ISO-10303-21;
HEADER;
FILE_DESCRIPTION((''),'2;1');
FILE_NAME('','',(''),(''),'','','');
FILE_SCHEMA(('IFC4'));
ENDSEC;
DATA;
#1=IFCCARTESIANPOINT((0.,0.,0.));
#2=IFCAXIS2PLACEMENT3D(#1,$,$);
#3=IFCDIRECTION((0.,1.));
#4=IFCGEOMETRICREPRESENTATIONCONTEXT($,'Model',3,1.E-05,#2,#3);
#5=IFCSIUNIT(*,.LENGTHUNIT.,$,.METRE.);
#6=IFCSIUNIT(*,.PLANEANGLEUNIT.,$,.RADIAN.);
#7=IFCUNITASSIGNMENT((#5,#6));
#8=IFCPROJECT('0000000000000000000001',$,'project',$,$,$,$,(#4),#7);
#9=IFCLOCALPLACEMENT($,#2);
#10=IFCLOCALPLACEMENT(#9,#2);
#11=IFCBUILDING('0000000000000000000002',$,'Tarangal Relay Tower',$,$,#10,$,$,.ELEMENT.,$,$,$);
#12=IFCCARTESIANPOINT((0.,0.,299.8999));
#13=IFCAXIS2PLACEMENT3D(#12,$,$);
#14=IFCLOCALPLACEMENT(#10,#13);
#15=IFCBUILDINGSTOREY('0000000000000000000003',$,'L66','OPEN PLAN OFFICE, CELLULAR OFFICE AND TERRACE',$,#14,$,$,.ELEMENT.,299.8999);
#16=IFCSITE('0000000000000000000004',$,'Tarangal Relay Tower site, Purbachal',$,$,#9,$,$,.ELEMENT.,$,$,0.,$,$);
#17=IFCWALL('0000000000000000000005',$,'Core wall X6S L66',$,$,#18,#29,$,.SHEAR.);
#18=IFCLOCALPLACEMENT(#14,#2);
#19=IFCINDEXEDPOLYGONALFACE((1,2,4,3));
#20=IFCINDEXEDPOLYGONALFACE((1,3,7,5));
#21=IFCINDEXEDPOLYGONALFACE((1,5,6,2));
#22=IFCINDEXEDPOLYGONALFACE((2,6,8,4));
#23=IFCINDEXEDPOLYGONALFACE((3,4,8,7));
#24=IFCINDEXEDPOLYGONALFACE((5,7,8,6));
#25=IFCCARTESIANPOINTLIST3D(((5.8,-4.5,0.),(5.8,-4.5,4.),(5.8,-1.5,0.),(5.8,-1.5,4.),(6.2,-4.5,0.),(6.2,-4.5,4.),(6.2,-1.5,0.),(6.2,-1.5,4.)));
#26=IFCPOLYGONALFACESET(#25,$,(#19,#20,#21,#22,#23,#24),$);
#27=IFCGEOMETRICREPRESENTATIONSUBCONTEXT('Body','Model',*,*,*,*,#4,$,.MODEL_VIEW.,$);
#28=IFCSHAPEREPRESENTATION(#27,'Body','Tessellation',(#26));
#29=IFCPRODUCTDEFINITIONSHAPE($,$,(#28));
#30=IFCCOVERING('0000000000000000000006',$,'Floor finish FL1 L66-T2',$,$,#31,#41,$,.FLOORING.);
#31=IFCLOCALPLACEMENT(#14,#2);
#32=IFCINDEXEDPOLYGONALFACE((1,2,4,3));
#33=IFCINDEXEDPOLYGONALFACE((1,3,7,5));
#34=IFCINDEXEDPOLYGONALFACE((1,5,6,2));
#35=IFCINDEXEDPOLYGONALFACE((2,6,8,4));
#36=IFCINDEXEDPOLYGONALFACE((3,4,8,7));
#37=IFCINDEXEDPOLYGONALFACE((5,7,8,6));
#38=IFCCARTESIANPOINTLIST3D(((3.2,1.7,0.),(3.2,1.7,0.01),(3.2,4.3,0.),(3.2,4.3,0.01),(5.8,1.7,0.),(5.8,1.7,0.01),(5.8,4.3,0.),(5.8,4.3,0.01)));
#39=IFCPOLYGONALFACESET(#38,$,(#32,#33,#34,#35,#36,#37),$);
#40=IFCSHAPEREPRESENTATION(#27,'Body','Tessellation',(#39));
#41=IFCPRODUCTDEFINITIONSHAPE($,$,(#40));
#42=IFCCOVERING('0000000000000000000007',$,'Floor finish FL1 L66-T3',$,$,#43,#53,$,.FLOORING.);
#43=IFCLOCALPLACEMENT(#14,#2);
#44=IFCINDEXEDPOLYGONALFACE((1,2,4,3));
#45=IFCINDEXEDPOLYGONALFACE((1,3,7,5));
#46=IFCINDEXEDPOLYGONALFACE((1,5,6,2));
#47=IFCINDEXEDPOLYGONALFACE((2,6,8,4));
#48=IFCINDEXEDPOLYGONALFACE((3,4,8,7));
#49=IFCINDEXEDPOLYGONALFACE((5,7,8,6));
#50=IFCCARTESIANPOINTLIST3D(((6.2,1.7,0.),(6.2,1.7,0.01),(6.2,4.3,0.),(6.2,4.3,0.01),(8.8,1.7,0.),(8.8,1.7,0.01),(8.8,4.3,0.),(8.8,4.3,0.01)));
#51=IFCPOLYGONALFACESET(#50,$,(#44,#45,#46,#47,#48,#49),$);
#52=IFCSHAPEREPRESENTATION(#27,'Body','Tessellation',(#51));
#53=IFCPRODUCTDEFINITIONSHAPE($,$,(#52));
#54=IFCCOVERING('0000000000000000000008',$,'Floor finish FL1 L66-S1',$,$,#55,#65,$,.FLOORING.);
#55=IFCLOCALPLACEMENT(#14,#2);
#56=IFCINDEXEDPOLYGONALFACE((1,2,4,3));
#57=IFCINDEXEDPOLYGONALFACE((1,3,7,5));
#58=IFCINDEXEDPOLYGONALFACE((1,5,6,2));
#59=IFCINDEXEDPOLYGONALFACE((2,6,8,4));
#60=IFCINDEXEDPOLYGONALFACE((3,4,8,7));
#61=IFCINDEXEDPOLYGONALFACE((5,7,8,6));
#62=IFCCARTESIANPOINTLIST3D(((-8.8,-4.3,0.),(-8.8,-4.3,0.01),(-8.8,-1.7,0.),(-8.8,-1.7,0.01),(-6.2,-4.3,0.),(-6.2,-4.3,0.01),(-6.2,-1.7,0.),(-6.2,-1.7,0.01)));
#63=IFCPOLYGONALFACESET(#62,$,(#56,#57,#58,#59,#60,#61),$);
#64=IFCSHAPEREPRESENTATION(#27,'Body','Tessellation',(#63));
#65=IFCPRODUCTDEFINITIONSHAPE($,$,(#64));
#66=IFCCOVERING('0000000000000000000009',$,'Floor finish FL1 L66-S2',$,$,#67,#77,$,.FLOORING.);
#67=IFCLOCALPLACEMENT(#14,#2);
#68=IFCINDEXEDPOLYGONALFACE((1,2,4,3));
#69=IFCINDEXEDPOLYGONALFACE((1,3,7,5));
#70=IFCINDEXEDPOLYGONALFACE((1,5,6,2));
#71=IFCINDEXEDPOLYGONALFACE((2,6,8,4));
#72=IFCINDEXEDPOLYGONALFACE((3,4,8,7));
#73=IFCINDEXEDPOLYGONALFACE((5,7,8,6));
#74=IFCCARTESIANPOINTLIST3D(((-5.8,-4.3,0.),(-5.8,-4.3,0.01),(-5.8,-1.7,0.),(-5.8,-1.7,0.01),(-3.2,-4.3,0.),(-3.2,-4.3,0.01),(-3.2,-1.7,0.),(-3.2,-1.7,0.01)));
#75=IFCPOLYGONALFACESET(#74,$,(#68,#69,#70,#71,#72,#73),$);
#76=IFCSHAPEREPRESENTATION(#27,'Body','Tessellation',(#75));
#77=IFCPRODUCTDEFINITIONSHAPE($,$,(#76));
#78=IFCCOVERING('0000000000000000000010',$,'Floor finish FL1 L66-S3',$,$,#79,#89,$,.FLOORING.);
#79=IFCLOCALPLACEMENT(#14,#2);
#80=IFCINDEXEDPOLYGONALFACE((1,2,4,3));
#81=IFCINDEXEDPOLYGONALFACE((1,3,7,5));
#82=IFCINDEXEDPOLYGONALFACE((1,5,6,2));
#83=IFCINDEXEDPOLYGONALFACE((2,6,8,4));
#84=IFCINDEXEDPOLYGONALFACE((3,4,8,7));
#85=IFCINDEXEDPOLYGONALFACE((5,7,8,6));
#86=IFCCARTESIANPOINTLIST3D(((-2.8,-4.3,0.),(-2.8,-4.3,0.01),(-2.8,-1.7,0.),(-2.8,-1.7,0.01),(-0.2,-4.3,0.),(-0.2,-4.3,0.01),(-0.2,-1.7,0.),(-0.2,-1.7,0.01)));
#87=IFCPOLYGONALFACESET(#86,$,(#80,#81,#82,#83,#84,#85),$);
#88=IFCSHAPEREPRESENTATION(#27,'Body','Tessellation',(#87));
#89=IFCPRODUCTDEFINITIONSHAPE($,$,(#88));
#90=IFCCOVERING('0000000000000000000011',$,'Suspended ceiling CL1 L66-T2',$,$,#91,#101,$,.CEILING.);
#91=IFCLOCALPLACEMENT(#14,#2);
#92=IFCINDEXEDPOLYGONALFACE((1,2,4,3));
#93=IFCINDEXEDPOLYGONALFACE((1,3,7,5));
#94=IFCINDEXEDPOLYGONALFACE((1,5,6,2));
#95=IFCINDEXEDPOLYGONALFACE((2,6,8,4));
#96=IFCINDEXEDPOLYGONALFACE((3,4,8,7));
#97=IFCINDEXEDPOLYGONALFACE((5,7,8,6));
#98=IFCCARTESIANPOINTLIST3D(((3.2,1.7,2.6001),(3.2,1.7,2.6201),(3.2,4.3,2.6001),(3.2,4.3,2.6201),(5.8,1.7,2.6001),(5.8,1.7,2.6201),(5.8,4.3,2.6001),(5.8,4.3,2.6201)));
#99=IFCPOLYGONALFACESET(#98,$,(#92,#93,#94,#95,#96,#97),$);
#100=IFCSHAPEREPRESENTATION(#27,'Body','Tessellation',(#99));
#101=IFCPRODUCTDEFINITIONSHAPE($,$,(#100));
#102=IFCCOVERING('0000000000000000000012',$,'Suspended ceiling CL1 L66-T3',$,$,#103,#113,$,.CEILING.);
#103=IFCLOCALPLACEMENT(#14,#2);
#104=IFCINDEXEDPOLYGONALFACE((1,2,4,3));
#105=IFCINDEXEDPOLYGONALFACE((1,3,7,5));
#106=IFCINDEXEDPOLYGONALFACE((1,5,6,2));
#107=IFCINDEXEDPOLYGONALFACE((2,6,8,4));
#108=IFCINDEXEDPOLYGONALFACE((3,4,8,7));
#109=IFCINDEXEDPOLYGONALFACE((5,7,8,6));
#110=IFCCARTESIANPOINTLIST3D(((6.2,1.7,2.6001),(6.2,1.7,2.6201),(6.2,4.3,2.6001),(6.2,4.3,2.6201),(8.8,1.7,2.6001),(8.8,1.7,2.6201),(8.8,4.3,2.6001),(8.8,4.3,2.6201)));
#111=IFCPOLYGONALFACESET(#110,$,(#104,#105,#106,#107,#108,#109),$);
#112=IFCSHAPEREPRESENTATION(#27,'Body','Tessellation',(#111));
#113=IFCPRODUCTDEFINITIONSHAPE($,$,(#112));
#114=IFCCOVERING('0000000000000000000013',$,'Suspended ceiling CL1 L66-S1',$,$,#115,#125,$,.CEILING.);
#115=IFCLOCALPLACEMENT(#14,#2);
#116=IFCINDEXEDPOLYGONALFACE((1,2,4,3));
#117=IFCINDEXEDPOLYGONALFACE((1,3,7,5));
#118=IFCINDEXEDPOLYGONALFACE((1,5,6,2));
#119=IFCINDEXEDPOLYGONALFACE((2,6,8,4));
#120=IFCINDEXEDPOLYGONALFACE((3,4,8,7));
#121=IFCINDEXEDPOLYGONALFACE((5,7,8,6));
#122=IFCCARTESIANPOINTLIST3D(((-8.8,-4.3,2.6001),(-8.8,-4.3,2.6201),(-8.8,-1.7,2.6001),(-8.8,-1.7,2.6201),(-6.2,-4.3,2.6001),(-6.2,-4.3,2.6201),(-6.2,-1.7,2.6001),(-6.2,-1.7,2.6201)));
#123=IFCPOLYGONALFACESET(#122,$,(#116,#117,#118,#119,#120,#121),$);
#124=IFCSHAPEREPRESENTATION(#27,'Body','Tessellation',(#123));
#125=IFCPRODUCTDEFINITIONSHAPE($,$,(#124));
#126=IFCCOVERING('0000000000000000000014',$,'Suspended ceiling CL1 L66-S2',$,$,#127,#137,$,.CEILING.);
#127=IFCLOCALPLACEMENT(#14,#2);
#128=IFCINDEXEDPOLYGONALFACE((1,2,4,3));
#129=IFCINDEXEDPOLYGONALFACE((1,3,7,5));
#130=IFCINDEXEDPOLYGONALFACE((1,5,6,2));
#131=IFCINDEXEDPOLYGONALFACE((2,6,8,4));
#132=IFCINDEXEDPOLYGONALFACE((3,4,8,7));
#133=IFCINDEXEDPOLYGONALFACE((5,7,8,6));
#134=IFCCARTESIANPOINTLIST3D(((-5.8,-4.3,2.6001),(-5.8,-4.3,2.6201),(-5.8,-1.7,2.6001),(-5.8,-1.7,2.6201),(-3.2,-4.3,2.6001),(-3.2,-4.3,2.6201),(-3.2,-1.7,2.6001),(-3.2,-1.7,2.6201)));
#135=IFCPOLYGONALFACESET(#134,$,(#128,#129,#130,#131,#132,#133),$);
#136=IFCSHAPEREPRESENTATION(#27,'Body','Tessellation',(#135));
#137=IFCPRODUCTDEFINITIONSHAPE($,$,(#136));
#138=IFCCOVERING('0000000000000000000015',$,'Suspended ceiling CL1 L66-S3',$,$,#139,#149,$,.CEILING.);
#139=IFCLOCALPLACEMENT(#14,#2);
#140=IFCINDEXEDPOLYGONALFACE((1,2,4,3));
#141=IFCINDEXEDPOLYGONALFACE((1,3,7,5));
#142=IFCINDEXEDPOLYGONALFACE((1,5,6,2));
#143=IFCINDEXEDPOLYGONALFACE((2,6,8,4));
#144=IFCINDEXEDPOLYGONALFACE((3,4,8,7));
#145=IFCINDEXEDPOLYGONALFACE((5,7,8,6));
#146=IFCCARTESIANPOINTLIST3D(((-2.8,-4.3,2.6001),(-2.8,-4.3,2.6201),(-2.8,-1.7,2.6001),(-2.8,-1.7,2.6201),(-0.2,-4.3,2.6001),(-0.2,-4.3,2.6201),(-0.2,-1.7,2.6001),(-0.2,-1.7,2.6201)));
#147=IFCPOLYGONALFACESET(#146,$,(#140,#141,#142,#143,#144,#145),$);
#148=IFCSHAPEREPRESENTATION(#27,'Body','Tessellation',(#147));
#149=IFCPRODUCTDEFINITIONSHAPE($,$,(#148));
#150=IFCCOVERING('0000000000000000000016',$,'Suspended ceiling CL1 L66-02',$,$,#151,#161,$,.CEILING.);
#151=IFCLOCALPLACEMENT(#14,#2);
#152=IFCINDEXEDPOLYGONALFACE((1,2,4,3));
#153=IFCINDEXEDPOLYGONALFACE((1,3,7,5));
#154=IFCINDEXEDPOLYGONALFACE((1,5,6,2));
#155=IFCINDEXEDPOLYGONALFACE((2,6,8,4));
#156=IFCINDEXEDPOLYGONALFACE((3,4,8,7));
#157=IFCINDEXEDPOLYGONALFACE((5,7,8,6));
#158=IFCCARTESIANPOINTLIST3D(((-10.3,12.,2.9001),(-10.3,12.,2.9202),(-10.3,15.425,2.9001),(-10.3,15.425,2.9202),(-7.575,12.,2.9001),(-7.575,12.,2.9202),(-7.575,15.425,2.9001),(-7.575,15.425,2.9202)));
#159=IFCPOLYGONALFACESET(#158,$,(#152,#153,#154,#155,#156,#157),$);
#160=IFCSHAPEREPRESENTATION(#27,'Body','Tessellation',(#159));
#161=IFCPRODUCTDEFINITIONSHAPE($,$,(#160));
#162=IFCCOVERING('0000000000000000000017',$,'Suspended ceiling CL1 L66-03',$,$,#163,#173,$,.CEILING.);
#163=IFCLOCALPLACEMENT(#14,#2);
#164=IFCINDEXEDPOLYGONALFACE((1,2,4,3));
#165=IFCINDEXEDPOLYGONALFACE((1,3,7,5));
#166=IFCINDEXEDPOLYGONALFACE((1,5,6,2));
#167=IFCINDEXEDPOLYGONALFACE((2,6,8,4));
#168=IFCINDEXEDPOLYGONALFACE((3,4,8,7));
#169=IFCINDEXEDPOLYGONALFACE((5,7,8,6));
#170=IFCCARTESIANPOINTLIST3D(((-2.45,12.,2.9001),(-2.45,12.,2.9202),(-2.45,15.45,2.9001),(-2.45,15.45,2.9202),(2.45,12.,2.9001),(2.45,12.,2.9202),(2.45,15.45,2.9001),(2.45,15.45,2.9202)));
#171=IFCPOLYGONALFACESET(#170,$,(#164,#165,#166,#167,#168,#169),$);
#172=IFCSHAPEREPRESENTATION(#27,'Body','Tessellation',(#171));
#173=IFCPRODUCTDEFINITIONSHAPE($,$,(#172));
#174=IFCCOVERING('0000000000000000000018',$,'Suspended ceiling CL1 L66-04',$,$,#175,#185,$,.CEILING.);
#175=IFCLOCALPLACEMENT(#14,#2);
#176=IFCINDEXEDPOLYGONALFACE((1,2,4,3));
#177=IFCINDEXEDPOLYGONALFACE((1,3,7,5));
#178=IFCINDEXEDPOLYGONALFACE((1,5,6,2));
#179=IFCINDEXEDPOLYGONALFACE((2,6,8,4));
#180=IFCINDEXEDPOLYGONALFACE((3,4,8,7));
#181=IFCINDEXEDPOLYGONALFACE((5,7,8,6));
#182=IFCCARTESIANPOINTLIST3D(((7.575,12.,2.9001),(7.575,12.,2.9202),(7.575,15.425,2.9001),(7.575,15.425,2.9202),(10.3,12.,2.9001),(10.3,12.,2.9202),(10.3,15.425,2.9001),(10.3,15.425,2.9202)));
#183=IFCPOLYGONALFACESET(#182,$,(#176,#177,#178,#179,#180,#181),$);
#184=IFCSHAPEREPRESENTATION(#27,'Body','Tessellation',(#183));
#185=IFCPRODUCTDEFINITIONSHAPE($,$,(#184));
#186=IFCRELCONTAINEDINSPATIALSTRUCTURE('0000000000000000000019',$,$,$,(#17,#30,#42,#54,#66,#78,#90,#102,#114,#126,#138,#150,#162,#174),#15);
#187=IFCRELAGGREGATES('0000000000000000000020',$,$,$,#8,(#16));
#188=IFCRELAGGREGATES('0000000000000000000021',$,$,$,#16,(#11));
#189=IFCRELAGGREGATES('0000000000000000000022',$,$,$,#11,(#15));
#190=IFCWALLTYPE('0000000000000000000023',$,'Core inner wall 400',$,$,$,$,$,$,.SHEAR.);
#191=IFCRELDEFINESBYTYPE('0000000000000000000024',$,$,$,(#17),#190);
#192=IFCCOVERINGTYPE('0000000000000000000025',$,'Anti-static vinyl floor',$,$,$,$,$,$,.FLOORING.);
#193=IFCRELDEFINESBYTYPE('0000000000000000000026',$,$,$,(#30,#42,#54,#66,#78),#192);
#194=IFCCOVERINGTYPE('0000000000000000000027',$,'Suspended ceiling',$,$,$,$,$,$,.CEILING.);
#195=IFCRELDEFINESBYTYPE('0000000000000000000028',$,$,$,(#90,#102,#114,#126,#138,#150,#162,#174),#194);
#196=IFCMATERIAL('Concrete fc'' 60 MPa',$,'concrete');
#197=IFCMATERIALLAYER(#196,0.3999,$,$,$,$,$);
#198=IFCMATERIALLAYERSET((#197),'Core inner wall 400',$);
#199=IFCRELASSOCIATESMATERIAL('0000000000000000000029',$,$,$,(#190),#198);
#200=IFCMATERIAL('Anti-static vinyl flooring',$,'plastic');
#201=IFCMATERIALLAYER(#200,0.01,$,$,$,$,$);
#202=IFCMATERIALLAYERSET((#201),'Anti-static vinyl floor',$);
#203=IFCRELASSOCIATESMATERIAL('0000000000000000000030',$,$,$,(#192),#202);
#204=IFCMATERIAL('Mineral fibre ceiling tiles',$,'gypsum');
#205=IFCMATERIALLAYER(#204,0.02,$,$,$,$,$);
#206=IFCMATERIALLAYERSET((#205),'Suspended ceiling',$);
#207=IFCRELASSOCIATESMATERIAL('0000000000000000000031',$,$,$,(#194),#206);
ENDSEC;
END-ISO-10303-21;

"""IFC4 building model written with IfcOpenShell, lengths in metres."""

from ifc_helpers import new_model, si_unit, direction, frame, frame_2d, origin, place, context, subcontext, project, spatial, polyline, rectangle, outline, extrude, material, layer, layer_set, type_object, element, save


model = new_model("IFC4")

# Units and contexts
model_context = context("Model", 3, precision=1e-05, world=origin(), true_north=direction((0.0, 1.0)))
body_context = subcontext(model_context, "Body", "Model", "MODEL_VIEW")
ifc_project = project(units=[si_unit("LENGTHUNIT", "METRE"), si_unit("PLANEANGLEUNIT", "RADIAN")], contexts=[model_context])

# Site, building, storey
site_placement = place(None, origin())
site = spatial("IfcSite", under=ifc_project, at=site_placement, Name="Tarangal Relay Tower site, Purbachal", CompositionType="ELEMENT", RefElevation=0.0)
building_placement = place(site_placement, origin())
building = spatial("IfcBuilding", under=site, at=building_placement, Name="Tarangal Relay Tower", CompositionType="ELEMENT")
storey_placement = place(building_placement, frame((0.0, 0.0, 299.8999)))
storey = spatial("IfcBuildingStorey", under=building, at=storey_placement, Name="L66", Description="OPEN PLAN OFFICE, CELLULAR OFFICE AND TERRACE", CompositionType="ELEMENT", Elevation=299.8999)

# Wall
ifc_material_1 = material(Name="Concrete fc' 60 MPa", Category="concrete")
ifc_layer_1 = layer(ifc_material_1, 0.3999)
ifc_layer_set_1 = layer_set([ifc_layer_1], Name="Core inner wall 400")
wall_type = type_object("IfcWallType", Name="Core inner wall 400", PredefinedType="SHEAR", material=ifc_layer_set_1)
wall_placement = place(storey_placement, frame((6.0, -4.5, 0.0), z_axis=(0.0, 0.0, 1.0), x_axis=(0.0, 1.0, 0.0)))
element("IfcWall", 1, at=wall_placement, inside=storey, type_object=wall_type, Name="Core wall X6S L66", PredefinedType="SHEAR", context=body_context, shape_type="SweptSolid", body=[
    extrude(rectangle(XDim=3.0, YDim=0.3999, at=frame_2d((1.5, 0.0))), origin(), (0.0, 0.0, 1.0), 4.0),
])

# Coverings
ifc_material_2 = material(Name="Anti-static vinyl flooring", Category="plastic")
ifc_layer_2 = layer(ifc_material_2, 0.01)
ifc_layer_set_2 = layer_set([ifc_layer_2], Name="Anti-static vinyl floor")
covering_type_1 = type_object("IfcCoveringType", Name="Anti-static vinyl floor", PredefinedType="FLOORING", material=ifc_layer_set_2)
covering_1_placement = place(storey_placement, origin())
element("IfcCovering", 2, at=covering_1_placement, inside=storey, type_object=covering_type_1, Name="Floor finish FL1 L66-T2", PredefinedType="FLOORING", context=body_context, shape_type="SweptSolid", body=[
    extrude(outline(polyline([(3.2, 1.7), (5.8, 1.7), (5.8, 4.3), (3.2, 4.3), (3.2, 1.7)])), origin(), (0.0, 0.0, 1.0), 0.01),
])
covering_2_placement = place(storey_placement, origin())
element("IfcCovering", 3, at=covering_2_placement, inside=storey, type_object=covering_type_1, Name="Floor finish FL1 L66-T3", PredefinedType="FLOORING", context=body_context, shape_type="SweptSolid", body=[
    extrude(outline(polyline([(6.2, 1.7), (8.8, 1.7), (8.8, 4.3), (6.2, 4.3), (6.2, 1.7)])), origin(), (0.0, 0.0, 1.0), 0.01),
])
covering_3_placement = place(storey_placement, origin())
element("IfcCovering", 4, at=covering_3_placement, inside=storey, type_object=covering_type_1, Name="Floor finish FL1 L66-S1", PredefinedType="FLOORING", context=body_context, shape_type="SweptSolid", body=[
    extrude(outline(polyline([(-8.8, -4.3), (-6.2, -4.3), (-6.2, -1.7), (-8.8, -1.7), (-8.8, -4.3)])), origin(), (0.0, 0.0, 1.0), 0.01),
])
covering_4_placement = place(storey_placement, origin())
element("IfcCovering", 5, at=covering_4_placement, inside=storey, type_object=covering_type_1, Name="Floor finish FL1 L66-S2", PredefinedType="FLOORING", context=body_context, shape_type="SweptSolid", body=[
    extrude(outline(polyline([(-5.8, -4.3), (-3.2, -4.3), (-3.2, -1.7), (-5.8, -1.7), (-5.8, -4.3)])), origin(), (0.0, 0.0, 1.0), 0.01),
])
covering_5_placement = place(storey_placement, origin())
element("IfcCovering", 6, at=covering_5_placement, inside=storey, type_object=covering_type_1, Name="Floor finish FL1 L66-S3", PredefinedType="FLOORING", context=body_context, shape_type="SweptSolid", body=[
    extrude(outline(polyline([(-2.8, -4.3), (-0.2, -4.3), (-0.2, -1.7), (-2.8, -1.7), (-2.8, -4.3)])), origin(), (0.0, 0.0, 1.0), 0.01),
])
ifc_material_3 = material(Name="Mineral fibre ceiling tiles", Category="gypsum")
ifc_layer_3 = layer(ifc_material_3, 0.02)
ifc_layer_set_3 = layer_set([ifc_layer_3], Name="Suspended ceiling")
covering_type_2 = type_object("IfcCoveringType", Name="Suspended ceiling", PredefinedType="CEILING", material=ifc_layer_set_3)
covering_6_placement = place(storey_placement, frame((0.0, 0.0, 2.6001)))
element("IfcCovering", 7, at=covering_6_placement, inside=storey, type_object=covering_type_2, Name="Suspended ceiling CL1 L66-T2", PredefinedType="CEILING", context=body_context, shape_type="SweptSolid", body=[
    extrude(outline(polyline([(3.2, 1.7), (5.8, 1.7), (5.8, 4.3), (3.2, 4.3), (3.2, 1.7)])), origin(), (0.0, 0.0, 1.0), 0.02),
])
covering_7_placement = place(storey_placement, frame((0.0, 0.0, 2.6001)))
element("IfcCovering", 8, at=covering_7_placement, inside=storey, type_object=covering_type_2, Name="Suspended ceiling CL1 L66-T3", PredefinedType="CEILING", context=body_context, shape_type="SweptSolid", body=[
    extrude(outline(polyline([(6.2, 1.7), (8.8, 1.7), (8.8, 4.3), (6.2, 4.3), (6.2, 1.7)])), origin(), (0.0, 0.0, 1.0), 0.02),
])
covering_8_placement = place(storey_placement, frame((0.0, 0.0, 2.6001)))
element("IfcCovering", 9, at=covering_8_placement, inside=storey, type_object=covering_type_2, Name="Suspended ceiling CL1 L66-S1", PredefinedType="CEILING", context=body_context, shape_type="SweptSolid", body=[
    extrude(outline(polyline([(-8.8, -4.3), (-6.2, -4.3), (-6.2, -1.7), (-8.8, -1.7), (-8.8, -4.3)])), origin(), (0.0, 0.0, 1.0), 0.02),
])
covering_9_placement = place(storey_placement, frame((0.0, 0.0, 2.6001)))
element("IfcCovering", 10, at=covering_9_placement, inside=storey, type_object=covering_type_2, Name="Suspended ceiling CL1 L66-S2", PredefinedType="CEILING", context=body_context, shape_type="SweptSolid", body=[
    extrude(outline(polyline([(-5.8, -4.3), (-3.2, -4.3), (-3.2, -1.7), (-5.8, -1.7), (-5.8, -4.3)])), origin(), (0.0, 0.0, 1.0), 0.02),
])
covering_10_placement = place(storey_placement, frame((0.0, 0.0, 2.6001)))
element("IfcCovering", 11, at=covering_10_placement, inside=storey, type_object=covering_type_2, Name="Suspended ceiling CL1 L66-S3", PredefinedType="CEILING", context=body_context, shape_type="SweptSolid", body=[
    extrude(outline(polyline([(-2.8, -4.3), (-0.2, -4.3), (-0.2, -1.7), (-2.8, -1.7), (-2.8, -4.3)])), origin(), (0.0, 0.0, 1.0), 0.02),
])
covering_11_placement = place(storey_placement, frame((0.0, 0.0, 2.9001)))
element("IfcCovering", 12, at=covering_11_placement, inside=storey, type_object=covering_type_2, Name="Suspended ceiling CL1 L66-02", PredefinedType="CEILING", context=body_context, shape_type="SweptSolid", body=[
    extrude(outline(polyline([(-7.575, 12.0), (-7.575, 15.425), (-10.3, 15.425), (-10.3, 12.0), (-7.575, 12.0)])), origin(), (0.0, 0.0, 1.0), 0.02),
])
covering_12_placement = place(storey_placement, frame((0.0, 0.0, 2.9001)))
element("IfcCovering", 13, at=covering_12_placement, inside=storey, type_object=covering_type_2, Name="Suspended ceiling CL1 L66-03", PredefinedType="CEILING", context=body_context, shape_type="SweptSolid", body=[
    extrude(outline(polyline([(2.45, 12.0), (2.45, 15.45), (-2.45, 15.45), (-2.45, 12.0), (2.45, 12.0)])), origin(), (0.0, 0.0, 1.0), 0.02),
])
covering_13_placement = place(storey_placement, frame((0.0, 0.0, 2.9001)))
element("IfcCovering", 14, at=covering_13_placement, inside=storey, type_object=covering_type_2, Name="Suspended ceiling CL1 L66-04", PredefinedType="CEILING", context=body_context, shape_type="SweptSolid", body=[
    extrude(outline(polyline([(10.3, 12.0), (10.3, 15.425), (7.575, 15.425), (7.575, 12.0), (10.3, 12.0)])), origin(), (0.0, 0.0, 1.0), 0.02),
])

save(model, "model.ifc")
